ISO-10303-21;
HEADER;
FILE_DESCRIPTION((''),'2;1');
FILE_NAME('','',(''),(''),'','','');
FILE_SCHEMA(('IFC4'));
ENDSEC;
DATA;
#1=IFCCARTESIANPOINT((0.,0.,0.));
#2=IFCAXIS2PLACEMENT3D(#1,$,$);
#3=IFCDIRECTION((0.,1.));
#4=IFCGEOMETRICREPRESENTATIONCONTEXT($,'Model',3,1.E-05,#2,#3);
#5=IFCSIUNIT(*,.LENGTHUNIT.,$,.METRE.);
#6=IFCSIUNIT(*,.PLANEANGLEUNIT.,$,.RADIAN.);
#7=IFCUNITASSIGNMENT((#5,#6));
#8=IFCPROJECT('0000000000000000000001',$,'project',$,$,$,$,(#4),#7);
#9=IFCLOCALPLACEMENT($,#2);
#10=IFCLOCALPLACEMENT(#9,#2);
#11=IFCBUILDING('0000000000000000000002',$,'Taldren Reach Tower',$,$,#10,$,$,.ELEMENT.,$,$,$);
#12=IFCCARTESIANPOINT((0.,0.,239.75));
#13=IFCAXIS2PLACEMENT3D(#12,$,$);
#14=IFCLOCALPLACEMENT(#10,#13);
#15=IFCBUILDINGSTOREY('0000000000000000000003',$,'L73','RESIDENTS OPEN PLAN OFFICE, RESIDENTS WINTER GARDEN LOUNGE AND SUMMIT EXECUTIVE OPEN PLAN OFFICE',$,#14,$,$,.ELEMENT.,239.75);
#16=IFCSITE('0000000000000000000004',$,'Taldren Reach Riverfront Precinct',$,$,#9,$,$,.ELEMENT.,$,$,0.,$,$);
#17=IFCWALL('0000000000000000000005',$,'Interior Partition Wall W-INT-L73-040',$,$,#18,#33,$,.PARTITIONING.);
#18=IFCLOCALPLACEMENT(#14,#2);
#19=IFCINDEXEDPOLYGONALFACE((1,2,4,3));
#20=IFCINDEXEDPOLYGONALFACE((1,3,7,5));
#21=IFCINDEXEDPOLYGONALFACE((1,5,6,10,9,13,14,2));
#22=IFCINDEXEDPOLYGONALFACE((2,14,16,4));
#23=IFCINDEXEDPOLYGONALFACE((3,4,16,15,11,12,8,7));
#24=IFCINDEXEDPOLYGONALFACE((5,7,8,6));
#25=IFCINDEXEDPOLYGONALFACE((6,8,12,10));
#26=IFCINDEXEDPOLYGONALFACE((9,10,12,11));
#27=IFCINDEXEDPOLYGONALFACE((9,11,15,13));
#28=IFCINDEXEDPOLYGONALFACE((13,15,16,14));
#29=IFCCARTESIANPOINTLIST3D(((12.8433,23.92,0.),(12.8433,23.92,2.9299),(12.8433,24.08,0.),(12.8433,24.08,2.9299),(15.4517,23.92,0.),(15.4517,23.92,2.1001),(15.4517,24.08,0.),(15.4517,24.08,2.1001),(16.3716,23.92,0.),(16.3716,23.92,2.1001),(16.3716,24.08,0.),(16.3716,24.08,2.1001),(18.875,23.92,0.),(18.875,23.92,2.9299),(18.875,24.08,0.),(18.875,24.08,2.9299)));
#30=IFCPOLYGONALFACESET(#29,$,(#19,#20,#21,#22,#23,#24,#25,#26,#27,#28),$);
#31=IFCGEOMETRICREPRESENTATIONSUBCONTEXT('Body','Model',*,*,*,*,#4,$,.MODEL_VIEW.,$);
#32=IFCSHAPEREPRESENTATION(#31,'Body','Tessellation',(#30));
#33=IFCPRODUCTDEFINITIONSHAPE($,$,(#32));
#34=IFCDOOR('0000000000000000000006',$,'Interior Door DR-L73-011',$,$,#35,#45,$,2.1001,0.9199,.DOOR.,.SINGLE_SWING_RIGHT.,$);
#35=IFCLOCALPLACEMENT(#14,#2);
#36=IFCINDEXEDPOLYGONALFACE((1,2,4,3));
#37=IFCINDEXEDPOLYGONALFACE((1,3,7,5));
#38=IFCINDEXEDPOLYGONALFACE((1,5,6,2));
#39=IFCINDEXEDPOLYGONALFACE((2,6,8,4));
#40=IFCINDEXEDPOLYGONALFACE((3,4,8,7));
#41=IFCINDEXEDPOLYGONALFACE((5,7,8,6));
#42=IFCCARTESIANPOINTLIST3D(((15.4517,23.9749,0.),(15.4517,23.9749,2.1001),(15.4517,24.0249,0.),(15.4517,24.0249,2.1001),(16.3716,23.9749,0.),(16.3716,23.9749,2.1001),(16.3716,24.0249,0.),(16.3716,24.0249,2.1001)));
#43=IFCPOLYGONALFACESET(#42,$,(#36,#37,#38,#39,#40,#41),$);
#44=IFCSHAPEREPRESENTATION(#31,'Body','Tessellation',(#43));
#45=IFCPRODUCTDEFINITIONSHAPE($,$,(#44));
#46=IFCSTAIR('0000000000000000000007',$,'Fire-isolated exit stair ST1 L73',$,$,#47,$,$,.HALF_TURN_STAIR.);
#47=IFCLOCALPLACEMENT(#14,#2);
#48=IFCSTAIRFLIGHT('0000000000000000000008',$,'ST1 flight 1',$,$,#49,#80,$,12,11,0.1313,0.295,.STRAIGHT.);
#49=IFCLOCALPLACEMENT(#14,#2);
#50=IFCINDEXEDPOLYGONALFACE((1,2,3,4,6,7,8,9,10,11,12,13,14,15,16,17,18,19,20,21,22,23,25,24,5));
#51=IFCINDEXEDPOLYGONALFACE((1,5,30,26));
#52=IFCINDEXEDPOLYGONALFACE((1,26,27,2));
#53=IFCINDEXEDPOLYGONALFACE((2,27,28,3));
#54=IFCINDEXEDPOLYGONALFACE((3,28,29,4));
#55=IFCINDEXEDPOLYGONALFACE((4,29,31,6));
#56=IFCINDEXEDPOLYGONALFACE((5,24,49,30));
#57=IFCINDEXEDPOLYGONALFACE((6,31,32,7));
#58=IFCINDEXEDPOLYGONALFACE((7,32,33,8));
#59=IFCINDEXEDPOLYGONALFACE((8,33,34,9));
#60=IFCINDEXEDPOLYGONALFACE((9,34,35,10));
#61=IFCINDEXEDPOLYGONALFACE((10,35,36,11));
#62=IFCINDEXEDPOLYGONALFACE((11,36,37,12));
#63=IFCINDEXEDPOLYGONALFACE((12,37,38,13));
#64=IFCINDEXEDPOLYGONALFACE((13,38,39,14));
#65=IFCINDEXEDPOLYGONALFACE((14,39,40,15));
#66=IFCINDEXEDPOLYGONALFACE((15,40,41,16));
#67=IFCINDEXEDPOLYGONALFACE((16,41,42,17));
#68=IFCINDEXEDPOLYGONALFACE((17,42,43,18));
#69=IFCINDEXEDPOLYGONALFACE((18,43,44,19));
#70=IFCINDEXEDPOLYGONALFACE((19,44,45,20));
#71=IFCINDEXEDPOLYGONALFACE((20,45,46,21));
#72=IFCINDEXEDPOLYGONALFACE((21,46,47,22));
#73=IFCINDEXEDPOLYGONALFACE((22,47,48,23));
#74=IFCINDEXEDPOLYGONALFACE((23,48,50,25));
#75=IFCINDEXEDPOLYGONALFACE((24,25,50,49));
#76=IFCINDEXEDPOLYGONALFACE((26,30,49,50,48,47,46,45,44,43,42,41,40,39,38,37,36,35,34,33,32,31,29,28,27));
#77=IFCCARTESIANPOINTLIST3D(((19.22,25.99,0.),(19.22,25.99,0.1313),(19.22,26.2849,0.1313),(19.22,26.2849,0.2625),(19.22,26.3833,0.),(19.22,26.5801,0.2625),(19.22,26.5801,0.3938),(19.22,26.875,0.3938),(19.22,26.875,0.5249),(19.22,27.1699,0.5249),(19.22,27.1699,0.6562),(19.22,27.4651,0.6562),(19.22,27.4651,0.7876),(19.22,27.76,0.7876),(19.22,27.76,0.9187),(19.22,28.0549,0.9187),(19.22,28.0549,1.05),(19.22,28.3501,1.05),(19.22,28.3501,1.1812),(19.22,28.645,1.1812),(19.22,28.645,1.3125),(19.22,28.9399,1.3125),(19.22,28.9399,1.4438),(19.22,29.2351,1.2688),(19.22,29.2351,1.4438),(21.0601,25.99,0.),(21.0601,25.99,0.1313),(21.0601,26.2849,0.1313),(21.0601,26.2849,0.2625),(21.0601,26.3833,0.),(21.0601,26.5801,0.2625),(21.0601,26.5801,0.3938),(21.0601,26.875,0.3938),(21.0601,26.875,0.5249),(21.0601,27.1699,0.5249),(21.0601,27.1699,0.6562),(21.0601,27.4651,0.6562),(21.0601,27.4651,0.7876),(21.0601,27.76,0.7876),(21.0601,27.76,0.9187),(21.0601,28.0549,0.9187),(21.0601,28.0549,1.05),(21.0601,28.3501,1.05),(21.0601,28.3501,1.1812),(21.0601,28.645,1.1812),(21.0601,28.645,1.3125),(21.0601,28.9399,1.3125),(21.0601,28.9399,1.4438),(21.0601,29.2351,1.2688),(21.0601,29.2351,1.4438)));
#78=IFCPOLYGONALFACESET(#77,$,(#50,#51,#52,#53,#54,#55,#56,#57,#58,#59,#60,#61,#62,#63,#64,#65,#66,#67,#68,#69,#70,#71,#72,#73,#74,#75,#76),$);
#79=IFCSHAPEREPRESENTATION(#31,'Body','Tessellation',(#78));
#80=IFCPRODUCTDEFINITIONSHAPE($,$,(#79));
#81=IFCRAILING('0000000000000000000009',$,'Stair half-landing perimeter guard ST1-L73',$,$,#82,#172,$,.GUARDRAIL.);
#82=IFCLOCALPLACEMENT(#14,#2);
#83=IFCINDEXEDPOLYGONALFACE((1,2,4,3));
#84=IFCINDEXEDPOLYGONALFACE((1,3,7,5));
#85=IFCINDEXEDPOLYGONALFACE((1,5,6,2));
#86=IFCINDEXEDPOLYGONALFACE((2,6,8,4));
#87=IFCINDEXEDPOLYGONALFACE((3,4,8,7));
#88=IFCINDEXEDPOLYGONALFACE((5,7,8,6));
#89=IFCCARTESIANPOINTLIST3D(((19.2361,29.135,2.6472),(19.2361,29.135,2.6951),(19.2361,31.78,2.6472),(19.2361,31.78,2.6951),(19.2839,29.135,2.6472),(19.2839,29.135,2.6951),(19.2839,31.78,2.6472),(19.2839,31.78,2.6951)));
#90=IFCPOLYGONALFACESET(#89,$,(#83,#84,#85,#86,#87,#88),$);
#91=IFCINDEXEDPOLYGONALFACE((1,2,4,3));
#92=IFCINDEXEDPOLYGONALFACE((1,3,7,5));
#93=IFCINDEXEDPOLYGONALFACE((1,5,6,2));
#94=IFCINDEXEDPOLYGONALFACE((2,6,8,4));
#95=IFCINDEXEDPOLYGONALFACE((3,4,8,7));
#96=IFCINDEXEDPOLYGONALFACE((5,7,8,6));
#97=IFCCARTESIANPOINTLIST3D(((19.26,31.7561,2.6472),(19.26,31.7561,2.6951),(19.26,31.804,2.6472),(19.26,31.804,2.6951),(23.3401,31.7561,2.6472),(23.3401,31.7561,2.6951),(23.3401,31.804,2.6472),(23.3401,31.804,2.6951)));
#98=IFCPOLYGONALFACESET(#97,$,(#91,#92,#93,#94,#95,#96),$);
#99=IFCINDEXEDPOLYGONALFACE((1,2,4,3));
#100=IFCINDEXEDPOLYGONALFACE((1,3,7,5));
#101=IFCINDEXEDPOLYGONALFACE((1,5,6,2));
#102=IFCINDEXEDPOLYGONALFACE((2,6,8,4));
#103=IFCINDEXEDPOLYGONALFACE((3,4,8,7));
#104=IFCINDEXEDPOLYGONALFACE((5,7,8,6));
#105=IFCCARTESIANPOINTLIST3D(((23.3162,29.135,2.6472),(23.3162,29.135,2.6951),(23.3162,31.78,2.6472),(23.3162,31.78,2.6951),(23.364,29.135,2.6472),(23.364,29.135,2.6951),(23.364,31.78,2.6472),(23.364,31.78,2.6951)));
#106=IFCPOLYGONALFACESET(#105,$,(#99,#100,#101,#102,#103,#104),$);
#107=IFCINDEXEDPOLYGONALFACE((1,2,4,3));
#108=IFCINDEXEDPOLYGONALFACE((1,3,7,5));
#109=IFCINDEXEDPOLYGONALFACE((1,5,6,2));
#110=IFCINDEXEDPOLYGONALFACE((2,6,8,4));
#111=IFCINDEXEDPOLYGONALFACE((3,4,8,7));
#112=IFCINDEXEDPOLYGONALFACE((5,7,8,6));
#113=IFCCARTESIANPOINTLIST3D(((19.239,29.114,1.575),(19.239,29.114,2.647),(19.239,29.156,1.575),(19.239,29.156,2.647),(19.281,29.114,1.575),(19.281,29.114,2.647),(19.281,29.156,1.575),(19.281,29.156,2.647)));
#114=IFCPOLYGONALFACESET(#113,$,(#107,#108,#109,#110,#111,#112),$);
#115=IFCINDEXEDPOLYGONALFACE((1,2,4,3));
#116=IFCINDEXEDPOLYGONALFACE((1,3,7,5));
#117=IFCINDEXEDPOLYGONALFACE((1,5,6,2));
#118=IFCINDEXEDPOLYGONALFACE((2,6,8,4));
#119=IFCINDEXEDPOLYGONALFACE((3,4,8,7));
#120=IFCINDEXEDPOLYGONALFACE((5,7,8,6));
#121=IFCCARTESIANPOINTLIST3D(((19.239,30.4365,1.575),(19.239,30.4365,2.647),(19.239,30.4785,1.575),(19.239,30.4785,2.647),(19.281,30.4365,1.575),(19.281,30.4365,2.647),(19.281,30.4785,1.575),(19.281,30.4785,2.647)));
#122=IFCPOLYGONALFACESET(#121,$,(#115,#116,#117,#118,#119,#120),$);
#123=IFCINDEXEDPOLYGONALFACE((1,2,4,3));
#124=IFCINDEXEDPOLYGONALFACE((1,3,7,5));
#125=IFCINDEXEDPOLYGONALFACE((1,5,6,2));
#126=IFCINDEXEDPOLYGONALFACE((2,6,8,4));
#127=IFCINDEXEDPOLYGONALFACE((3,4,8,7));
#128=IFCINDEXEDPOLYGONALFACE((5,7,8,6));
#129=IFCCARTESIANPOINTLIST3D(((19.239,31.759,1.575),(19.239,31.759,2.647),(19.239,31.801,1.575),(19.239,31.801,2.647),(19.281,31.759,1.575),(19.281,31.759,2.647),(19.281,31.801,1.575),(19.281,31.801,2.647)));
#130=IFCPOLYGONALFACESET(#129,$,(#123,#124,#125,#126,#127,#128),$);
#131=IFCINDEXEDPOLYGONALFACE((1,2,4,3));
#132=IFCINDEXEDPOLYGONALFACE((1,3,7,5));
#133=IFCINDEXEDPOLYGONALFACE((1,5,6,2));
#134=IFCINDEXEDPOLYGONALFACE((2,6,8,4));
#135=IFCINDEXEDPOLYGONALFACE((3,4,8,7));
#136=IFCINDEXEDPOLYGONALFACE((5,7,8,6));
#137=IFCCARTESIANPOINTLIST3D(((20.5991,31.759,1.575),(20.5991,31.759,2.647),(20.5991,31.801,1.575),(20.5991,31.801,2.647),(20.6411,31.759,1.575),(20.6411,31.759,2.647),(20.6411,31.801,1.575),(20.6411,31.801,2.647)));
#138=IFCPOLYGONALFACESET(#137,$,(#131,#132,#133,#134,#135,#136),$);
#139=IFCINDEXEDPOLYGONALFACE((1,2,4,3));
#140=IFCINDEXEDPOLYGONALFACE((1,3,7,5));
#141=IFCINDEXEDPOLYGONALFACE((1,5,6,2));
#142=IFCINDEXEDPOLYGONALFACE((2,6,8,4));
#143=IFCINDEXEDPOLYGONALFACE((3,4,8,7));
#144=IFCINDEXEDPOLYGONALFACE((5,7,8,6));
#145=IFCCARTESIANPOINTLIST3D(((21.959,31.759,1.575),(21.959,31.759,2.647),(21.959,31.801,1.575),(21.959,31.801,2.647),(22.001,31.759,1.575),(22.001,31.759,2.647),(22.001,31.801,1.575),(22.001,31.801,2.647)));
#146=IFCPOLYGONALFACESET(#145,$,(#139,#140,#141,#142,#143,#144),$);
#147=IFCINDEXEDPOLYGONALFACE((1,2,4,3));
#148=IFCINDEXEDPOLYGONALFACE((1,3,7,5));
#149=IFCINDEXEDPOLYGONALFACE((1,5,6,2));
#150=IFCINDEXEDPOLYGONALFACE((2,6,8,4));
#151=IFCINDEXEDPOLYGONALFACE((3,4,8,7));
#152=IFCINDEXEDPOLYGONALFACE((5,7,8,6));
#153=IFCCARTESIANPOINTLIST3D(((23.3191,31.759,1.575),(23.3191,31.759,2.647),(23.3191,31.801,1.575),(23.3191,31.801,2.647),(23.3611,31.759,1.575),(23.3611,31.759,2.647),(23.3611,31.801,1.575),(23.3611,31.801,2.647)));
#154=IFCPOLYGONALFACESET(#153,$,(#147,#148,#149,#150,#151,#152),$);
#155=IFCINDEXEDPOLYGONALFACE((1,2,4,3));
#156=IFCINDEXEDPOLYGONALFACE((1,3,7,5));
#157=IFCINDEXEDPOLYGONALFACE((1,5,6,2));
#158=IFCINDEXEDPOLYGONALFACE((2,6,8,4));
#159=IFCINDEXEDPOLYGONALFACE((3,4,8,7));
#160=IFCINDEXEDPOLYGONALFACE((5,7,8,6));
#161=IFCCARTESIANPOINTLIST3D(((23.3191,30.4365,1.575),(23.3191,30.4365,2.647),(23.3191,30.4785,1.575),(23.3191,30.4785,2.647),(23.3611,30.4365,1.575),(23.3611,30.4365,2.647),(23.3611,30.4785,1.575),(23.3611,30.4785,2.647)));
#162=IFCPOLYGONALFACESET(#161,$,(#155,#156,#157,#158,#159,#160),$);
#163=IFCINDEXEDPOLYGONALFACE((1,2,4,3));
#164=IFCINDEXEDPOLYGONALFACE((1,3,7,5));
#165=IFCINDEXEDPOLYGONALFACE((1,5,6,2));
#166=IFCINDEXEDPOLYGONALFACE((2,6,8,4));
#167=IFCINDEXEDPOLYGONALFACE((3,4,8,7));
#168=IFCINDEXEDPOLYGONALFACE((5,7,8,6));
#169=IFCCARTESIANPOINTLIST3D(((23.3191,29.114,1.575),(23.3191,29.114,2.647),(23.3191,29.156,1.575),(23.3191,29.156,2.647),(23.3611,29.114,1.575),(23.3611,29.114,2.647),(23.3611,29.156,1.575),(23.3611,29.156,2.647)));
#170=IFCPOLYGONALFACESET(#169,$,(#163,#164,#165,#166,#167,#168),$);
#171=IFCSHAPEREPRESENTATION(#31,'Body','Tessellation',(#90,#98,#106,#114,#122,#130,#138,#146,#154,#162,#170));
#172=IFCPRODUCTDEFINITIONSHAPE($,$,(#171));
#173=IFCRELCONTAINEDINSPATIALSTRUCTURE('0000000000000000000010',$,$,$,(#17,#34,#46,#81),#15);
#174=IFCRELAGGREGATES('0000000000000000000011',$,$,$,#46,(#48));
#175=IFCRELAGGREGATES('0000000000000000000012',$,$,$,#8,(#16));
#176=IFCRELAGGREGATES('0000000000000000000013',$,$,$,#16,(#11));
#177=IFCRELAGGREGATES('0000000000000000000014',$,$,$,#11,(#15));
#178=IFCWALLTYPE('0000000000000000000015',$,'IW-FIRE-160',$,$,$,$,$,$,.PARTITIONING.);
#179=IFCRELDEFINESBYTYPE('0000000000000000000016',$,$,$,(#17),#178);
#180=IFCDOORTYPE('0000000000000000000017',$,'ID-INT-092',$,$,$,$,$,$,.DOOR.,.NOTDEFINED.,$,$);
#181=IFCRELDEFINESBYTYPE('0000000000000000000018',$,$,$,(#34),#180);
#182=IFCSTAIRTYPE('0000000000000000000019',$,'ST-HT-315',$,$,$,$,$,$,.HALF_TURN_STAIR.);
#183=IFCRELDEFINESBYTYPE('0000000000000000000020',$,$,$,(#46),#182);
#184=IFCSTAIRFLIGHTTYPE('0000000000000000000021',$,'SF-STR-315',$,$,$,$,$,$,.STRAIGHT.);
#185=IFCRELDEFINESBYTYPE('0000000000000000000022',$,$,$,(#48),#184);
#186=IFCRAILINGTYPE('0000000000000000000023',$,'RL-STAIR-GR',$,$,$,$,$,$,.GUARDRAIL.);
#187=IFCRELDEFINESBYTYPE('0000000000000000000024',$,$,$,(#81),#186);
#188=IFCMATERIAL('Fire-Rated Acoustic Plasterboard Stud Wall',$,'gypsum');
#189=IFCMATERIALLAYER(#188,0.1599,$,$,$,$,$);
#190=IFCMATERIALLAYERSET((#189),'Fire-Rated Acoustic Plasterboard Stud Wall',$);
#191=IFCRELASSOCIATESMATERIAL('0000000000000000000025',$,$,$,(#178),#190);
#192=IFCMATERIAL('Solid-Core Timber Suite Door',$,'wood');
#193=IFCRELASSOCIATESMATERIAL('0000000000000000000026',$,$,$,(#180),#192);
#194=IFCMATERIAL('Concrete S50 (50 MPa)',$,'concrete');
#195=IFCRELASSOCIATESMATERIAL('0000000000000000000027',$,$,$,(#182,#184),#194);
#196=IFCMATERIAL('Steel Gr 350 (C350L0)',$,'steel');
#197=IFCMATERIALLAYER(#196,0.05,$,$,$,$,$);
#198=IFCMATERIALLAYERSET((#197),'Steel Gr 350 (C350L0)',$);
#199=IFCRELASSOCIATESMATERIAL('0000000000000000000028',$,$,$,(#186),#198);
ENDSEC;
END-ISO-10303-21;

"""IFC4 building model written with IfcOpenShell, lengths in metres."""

from ifc_helpers import new_model, si_unit, direction, frame, frame_2d, origin, origin_2d, place, context, subcontext, project, spatial, polyline, rectangle, outline, extrude, source, transform, mapped, material, layer, layer_set, type_object, element, fill, aggregate, save


model = new_model("IFC4")

# Units and contexts
model_context = context("Model", 3, precision=1e-05, world=origin(), true_north=direction((0.0, 1.0)))
body_context = subcontext(model_context, "Body", "Model", "MODEL_VIEW")
ifc_project = project(units=[si_unit("LENGTHUNIT", "METRE"), si_unit("PLANEANGLEUNIT", "RADIAN")], contexts=[model_context])

# Site, building, storey
site_placement = place(None, origin())
site = spatial("IfcSite", under=ifc_project, at=site_placement, Name="Taldren Reach Riverfront Precinct", CompositionType="ELEMENT", RefElevation=0.0)
building_placement = place(site_placement, origin())
building = spatial("IfcBuilding", under=site, at=building_placement, Name="Taldren Reach Tower", CompositionType="ELEMENT")
storey_placement = place(building_placement, frame((0.0, 0.0, 239.75)))
storey = spatial("IfcBuildingStorey", under=building, at=storey_placement, Name="L73", Description="RESIDENTS OPEN PLAN OFFICE, RESIDENTS WINTER GARDEN LOUNGE AND SUMMIT EXECUTIVE OPEN PLAN OFFICE", CompositionType="ELEMENT", Elevation=239.75)

# Shared definitions
ifc_material_1 = material(Name="Steel Gr 350 (C350L0)", Category="steel")

# Wall, opening, door
ifc_material_2 = material(Name="Fire-Rated Acoustic Plasterboard Stud Wall", Category="gypsum")
ifc_layer_1 = layer(ifc_material_2, 0.1599)
ifc_layer_set_1 = layer_set([ifc_layer_1], Name="Fire-Rated Acoustic Plasterboard Stud Wall")
wall_type_1 = type_object("IfcWallType", Name="IW-FIRE-160", PredefinedType="PARTITIONING", material=ifc_layer_set_1)
shared_shape_1 = source(origin(), body_context, "Body", "SweptSolid", [
    extrude(rectangle(XDim=6.0317, YDim=0.1599, at=frame_2d((3.0159, 0.0))), origin(), (0.0, 0.0, 1.0), 2.9299),
])
wall_1_placement = place(storey_placement, frame((12.8433, 24.0, 0.0), z_axis=(0.0, 0.0, 1.0), x_axis=(1.0, 0.0, 0.0)))
wall_1 = element("IfcWall", 1, at=wall_1_placement, inside=storey, type_object=wall_type_1, Name="Interior Partition Wall W-INT-L73-040", PredefinedType="PARTITIONING", context=body_context, shape_type="MappedRepresentation", body=[
    mapped(shared_shape_1, transform((0.0, 0.0, 0.0), scale=1.0)),
])
shared_shape_2 = source(origin(), body_context, "Body", "SweptSolid", [
    extrude(rectangle(XDim=0.9199, YDim=2.1001, at=frame_2d((0.46, 1.05))), frame((0.0, 0.0898, 0.0), z_axis=(0.0, -1.0, 0.0), x_axis=(1.0, 0.0, 0.0)), (0.0, 0.0, 1.0), 0.1799),
])
opening_placement = place(wall_1_placement, frame((2.6084, 0.0, 0.0)))
opening = element("IfcOpeningElement", 2, at=opening_placement, cuts=wall_1, PredefinedType="OPENING", context=body_context, shape_type="MappedRepresentation", body=[
    mapped(shared_shape_2, transform((0.0, 0.0, 0.0), scale=1.0)),
])
ifc_material_3 = material(Name="Solid-Core Timber Suite Door", Category="wood")
door_type = type_object("IfcDoorType", Name="ID-INT-092", OperationType="NOTDEFINED", PredefinedType="DOOR", material=ifc_material_3)
shared_shape_3 = source(origin(), body_context, "Body", "SweptSolid", [
    extrude(rectangle(XDim=0.9199, YDim=2.1001, at=frame_2d((0.46, 1.05))), frame((0.0, 0.0249, 0.0), z_axis=(0.0, -1.0, 0.0), x_axis=(1.0, 0.0, 0.0)), (0.0, 0.0, 1.0), 0.05),
])
door_placement = place(opening_placement, origin())
door = element("IfcDoor", 3, at=door_placement, inside=storey, type_object=door_type, Name="Interior Door DR-L73-011", OperationType="SINGLE_SWING_RIGHT", OverallHeight=2.1001, OverallWidth=0.9199, PredefinedType="DOOR", context=body_context, shape_type="MappedRepresentation", body=[
    mapped(shared_shape_3, transform((0.0, 0.0, 0.0), scale=1.0)),
])
fill(opening, door)

# Stair, stair flight
ifc_material_4 = material(Name="Concrete S50 (50 MPa)", Category="concrete")
stair_type = type_object("IfcStairType", Name="ST-HT-315", PredefinedType="HALF_TURN_STAIR", material=ifc_material_4)
stair_placement = place(storey_placement, origin())
stair = element("IfcStair", 4, at=stair_placement, inside=storey, type_object=stair_type, Name="Fire-isolated exit stair ST1 L73", PredefinedType="HALF_TURN_STAIR")
stair_flight_type = type_object("IfcStairFlightType", Name="SF-STR-315", PredefinedType="STRAIGHT", material=ifc_material_4)
stair_flight_placement = place(storey_placement, frame((20.1399, 25.99, 0.0), z_axis=(0.0, 0.0, 1.0), x_axis=(0.0, 1.0, 0.0)))
stair_flight = element("IfcStairFlight", 5, at=stair_flight_placement, type_object=stair_flight_type, Name="ST1 flight 1", NumberOfRisers=12, NumberOfTreads=11, PredefinedType="STRAIGHT", RiserHeight=0.1313, TreadLength=0.295, context=body_context, shape_type="SweptSolid", body=[
    extrude(outline(polyline([(0.0, 0.0), (0.0, 0.1313), (0.2949, 0.1313), (0.2949, 0.2625), (0.5901, 0.2625), (0.5901, 0.3938), (0.885, 0.3938), (0.885, 0.5249), (1.1799, 0.5249), (1.1799, 0.6562), (1.4751, 0.6562), (1.4751, 0.7876), (1.77, 0.7876), (1.77, 0.9187), (2.0649, 0.9187), (2.0649, 1.05), (2.3601, 1.05), (2.3601, 1.1812), (2.655, 1.1812), (2.655, 1.3125), (2.95, 1.3125), (2.95, 1.4438), (3.2451, 1.4438), (3.2451, 1.575), (3.2451, 1.2688), (0.3933, 0.0), (0.0, 0.0)])), frame((0.0, 0.9199, 0.0), z_axis=(0.0, -1.0, 0.0), x_axis=(1.0, 0.0, 0.0)), (0.0, 0.0, 1.0), 1.8401),
])
aggregate(stair, [stair_flight])

# Railing
ifc_layer_2 = layer(ifc_material_1, 0.05)
ifc_layer_set_2 = layer_set([ifc_layer_2], Name="Steel Gr 350 (C350L0)")
railing_type_1 = type_object("IfcRailingType", Name="RL-STAIR-GR", PredefinedType="GUARDRAIL", material=ifc_layer_set_2)
railing_1_placement = place(storey_placement, frame((19.26, 29.135, 1.575)))
element("IfcRailing", 6, at=railing_1_placement, inside=storey, type_object=railing_type_1, Name="Stair half-landing perimeter guard ST1-L73", PredefinedType="GUARDRAIL", context=body_context, shape_type="SweptSolid", body=[
    extrude(rectangle(XDim=0.0479, YDim=0.0479, at=origin_2d()), frame((0.0, 0.0, 1.0962), z_axis=(0.0, 1.0, 0.0), x_axis=(-1.0, 0.0, 0.0)), (0.0, 0.0, 1.0), 2.645),
    extrude(rectangle(XDim=0.0479, YDim=0.0479, at=origin_2d()), frame((0.0, 2.645, 1.0962), z_axis=(1.0, 0.0, 0.0), x_axis=(0.0, 1.0, 0.0)), (0.0, 0.0, 1.0), 4.0801),
    extrude(rectangle(XDim=0.0479, YDim=0.0479, at=origin_2d()), frame((4.0801, 2.645, 1.0962), z_axis=(0.0, -1.0, 0.0), x_axis=(1.0, 0.0, 0.0)), (0.0, 0.0, 1.0), 2.645),
    extrude(rectangle(XDim=0.042, YDim=0.042, at=origin_2d()), origin(), (0.0, 0.0, 1.0), 1.072),
    extrude(rectangle(XDim=0.042, YDim=0.042, at=origin_2d()), frame((0.0, 1.3225, 0.0)), (0.0, 0.0, 1.0), 1.072),
    extrude(rectangle(XDim=0.042, YDim=0.042, at=origin_2d()), frame((0.0, 2.645, 0.0)), (0.0, 0.0, 1.0), 1.072),
    extrude(rectangle(XDim=0.042, YDim=0.042, at=origin_2d()), frame((1.3601, 2.645, 0.0)), (0.0, 0.0, 1.0), 1.072),
    extrude(rectangle(XDim=0.042, YDim=0.042, at=origin_2d()), frame((2.72, 2.645, 0.0)), (0.0, 0.0, 1.0), 1.072),
    extrude(rectangle(XDim=0.042, YDim=0.042, at=origin_2d()), frame((4.0801, 2.645, 0.0)), (0.0, 0.0, 1.0), 1.072),
    extrude(rectangle(XDim=0.042, YDim=0.042, at=origin_2d()), frame((4.0801, 1.3225, 0.0)), (0.0, 0.0, 1.0), 1.072),
    extrude(rectangle(XDim=0.042, YDim=0.042, at=origin_2d()), frame((4.0801, 0.0, 0.0)), (0.0, 0.0, 1.0), 1.072),
])

save(model, "model.ifc")
